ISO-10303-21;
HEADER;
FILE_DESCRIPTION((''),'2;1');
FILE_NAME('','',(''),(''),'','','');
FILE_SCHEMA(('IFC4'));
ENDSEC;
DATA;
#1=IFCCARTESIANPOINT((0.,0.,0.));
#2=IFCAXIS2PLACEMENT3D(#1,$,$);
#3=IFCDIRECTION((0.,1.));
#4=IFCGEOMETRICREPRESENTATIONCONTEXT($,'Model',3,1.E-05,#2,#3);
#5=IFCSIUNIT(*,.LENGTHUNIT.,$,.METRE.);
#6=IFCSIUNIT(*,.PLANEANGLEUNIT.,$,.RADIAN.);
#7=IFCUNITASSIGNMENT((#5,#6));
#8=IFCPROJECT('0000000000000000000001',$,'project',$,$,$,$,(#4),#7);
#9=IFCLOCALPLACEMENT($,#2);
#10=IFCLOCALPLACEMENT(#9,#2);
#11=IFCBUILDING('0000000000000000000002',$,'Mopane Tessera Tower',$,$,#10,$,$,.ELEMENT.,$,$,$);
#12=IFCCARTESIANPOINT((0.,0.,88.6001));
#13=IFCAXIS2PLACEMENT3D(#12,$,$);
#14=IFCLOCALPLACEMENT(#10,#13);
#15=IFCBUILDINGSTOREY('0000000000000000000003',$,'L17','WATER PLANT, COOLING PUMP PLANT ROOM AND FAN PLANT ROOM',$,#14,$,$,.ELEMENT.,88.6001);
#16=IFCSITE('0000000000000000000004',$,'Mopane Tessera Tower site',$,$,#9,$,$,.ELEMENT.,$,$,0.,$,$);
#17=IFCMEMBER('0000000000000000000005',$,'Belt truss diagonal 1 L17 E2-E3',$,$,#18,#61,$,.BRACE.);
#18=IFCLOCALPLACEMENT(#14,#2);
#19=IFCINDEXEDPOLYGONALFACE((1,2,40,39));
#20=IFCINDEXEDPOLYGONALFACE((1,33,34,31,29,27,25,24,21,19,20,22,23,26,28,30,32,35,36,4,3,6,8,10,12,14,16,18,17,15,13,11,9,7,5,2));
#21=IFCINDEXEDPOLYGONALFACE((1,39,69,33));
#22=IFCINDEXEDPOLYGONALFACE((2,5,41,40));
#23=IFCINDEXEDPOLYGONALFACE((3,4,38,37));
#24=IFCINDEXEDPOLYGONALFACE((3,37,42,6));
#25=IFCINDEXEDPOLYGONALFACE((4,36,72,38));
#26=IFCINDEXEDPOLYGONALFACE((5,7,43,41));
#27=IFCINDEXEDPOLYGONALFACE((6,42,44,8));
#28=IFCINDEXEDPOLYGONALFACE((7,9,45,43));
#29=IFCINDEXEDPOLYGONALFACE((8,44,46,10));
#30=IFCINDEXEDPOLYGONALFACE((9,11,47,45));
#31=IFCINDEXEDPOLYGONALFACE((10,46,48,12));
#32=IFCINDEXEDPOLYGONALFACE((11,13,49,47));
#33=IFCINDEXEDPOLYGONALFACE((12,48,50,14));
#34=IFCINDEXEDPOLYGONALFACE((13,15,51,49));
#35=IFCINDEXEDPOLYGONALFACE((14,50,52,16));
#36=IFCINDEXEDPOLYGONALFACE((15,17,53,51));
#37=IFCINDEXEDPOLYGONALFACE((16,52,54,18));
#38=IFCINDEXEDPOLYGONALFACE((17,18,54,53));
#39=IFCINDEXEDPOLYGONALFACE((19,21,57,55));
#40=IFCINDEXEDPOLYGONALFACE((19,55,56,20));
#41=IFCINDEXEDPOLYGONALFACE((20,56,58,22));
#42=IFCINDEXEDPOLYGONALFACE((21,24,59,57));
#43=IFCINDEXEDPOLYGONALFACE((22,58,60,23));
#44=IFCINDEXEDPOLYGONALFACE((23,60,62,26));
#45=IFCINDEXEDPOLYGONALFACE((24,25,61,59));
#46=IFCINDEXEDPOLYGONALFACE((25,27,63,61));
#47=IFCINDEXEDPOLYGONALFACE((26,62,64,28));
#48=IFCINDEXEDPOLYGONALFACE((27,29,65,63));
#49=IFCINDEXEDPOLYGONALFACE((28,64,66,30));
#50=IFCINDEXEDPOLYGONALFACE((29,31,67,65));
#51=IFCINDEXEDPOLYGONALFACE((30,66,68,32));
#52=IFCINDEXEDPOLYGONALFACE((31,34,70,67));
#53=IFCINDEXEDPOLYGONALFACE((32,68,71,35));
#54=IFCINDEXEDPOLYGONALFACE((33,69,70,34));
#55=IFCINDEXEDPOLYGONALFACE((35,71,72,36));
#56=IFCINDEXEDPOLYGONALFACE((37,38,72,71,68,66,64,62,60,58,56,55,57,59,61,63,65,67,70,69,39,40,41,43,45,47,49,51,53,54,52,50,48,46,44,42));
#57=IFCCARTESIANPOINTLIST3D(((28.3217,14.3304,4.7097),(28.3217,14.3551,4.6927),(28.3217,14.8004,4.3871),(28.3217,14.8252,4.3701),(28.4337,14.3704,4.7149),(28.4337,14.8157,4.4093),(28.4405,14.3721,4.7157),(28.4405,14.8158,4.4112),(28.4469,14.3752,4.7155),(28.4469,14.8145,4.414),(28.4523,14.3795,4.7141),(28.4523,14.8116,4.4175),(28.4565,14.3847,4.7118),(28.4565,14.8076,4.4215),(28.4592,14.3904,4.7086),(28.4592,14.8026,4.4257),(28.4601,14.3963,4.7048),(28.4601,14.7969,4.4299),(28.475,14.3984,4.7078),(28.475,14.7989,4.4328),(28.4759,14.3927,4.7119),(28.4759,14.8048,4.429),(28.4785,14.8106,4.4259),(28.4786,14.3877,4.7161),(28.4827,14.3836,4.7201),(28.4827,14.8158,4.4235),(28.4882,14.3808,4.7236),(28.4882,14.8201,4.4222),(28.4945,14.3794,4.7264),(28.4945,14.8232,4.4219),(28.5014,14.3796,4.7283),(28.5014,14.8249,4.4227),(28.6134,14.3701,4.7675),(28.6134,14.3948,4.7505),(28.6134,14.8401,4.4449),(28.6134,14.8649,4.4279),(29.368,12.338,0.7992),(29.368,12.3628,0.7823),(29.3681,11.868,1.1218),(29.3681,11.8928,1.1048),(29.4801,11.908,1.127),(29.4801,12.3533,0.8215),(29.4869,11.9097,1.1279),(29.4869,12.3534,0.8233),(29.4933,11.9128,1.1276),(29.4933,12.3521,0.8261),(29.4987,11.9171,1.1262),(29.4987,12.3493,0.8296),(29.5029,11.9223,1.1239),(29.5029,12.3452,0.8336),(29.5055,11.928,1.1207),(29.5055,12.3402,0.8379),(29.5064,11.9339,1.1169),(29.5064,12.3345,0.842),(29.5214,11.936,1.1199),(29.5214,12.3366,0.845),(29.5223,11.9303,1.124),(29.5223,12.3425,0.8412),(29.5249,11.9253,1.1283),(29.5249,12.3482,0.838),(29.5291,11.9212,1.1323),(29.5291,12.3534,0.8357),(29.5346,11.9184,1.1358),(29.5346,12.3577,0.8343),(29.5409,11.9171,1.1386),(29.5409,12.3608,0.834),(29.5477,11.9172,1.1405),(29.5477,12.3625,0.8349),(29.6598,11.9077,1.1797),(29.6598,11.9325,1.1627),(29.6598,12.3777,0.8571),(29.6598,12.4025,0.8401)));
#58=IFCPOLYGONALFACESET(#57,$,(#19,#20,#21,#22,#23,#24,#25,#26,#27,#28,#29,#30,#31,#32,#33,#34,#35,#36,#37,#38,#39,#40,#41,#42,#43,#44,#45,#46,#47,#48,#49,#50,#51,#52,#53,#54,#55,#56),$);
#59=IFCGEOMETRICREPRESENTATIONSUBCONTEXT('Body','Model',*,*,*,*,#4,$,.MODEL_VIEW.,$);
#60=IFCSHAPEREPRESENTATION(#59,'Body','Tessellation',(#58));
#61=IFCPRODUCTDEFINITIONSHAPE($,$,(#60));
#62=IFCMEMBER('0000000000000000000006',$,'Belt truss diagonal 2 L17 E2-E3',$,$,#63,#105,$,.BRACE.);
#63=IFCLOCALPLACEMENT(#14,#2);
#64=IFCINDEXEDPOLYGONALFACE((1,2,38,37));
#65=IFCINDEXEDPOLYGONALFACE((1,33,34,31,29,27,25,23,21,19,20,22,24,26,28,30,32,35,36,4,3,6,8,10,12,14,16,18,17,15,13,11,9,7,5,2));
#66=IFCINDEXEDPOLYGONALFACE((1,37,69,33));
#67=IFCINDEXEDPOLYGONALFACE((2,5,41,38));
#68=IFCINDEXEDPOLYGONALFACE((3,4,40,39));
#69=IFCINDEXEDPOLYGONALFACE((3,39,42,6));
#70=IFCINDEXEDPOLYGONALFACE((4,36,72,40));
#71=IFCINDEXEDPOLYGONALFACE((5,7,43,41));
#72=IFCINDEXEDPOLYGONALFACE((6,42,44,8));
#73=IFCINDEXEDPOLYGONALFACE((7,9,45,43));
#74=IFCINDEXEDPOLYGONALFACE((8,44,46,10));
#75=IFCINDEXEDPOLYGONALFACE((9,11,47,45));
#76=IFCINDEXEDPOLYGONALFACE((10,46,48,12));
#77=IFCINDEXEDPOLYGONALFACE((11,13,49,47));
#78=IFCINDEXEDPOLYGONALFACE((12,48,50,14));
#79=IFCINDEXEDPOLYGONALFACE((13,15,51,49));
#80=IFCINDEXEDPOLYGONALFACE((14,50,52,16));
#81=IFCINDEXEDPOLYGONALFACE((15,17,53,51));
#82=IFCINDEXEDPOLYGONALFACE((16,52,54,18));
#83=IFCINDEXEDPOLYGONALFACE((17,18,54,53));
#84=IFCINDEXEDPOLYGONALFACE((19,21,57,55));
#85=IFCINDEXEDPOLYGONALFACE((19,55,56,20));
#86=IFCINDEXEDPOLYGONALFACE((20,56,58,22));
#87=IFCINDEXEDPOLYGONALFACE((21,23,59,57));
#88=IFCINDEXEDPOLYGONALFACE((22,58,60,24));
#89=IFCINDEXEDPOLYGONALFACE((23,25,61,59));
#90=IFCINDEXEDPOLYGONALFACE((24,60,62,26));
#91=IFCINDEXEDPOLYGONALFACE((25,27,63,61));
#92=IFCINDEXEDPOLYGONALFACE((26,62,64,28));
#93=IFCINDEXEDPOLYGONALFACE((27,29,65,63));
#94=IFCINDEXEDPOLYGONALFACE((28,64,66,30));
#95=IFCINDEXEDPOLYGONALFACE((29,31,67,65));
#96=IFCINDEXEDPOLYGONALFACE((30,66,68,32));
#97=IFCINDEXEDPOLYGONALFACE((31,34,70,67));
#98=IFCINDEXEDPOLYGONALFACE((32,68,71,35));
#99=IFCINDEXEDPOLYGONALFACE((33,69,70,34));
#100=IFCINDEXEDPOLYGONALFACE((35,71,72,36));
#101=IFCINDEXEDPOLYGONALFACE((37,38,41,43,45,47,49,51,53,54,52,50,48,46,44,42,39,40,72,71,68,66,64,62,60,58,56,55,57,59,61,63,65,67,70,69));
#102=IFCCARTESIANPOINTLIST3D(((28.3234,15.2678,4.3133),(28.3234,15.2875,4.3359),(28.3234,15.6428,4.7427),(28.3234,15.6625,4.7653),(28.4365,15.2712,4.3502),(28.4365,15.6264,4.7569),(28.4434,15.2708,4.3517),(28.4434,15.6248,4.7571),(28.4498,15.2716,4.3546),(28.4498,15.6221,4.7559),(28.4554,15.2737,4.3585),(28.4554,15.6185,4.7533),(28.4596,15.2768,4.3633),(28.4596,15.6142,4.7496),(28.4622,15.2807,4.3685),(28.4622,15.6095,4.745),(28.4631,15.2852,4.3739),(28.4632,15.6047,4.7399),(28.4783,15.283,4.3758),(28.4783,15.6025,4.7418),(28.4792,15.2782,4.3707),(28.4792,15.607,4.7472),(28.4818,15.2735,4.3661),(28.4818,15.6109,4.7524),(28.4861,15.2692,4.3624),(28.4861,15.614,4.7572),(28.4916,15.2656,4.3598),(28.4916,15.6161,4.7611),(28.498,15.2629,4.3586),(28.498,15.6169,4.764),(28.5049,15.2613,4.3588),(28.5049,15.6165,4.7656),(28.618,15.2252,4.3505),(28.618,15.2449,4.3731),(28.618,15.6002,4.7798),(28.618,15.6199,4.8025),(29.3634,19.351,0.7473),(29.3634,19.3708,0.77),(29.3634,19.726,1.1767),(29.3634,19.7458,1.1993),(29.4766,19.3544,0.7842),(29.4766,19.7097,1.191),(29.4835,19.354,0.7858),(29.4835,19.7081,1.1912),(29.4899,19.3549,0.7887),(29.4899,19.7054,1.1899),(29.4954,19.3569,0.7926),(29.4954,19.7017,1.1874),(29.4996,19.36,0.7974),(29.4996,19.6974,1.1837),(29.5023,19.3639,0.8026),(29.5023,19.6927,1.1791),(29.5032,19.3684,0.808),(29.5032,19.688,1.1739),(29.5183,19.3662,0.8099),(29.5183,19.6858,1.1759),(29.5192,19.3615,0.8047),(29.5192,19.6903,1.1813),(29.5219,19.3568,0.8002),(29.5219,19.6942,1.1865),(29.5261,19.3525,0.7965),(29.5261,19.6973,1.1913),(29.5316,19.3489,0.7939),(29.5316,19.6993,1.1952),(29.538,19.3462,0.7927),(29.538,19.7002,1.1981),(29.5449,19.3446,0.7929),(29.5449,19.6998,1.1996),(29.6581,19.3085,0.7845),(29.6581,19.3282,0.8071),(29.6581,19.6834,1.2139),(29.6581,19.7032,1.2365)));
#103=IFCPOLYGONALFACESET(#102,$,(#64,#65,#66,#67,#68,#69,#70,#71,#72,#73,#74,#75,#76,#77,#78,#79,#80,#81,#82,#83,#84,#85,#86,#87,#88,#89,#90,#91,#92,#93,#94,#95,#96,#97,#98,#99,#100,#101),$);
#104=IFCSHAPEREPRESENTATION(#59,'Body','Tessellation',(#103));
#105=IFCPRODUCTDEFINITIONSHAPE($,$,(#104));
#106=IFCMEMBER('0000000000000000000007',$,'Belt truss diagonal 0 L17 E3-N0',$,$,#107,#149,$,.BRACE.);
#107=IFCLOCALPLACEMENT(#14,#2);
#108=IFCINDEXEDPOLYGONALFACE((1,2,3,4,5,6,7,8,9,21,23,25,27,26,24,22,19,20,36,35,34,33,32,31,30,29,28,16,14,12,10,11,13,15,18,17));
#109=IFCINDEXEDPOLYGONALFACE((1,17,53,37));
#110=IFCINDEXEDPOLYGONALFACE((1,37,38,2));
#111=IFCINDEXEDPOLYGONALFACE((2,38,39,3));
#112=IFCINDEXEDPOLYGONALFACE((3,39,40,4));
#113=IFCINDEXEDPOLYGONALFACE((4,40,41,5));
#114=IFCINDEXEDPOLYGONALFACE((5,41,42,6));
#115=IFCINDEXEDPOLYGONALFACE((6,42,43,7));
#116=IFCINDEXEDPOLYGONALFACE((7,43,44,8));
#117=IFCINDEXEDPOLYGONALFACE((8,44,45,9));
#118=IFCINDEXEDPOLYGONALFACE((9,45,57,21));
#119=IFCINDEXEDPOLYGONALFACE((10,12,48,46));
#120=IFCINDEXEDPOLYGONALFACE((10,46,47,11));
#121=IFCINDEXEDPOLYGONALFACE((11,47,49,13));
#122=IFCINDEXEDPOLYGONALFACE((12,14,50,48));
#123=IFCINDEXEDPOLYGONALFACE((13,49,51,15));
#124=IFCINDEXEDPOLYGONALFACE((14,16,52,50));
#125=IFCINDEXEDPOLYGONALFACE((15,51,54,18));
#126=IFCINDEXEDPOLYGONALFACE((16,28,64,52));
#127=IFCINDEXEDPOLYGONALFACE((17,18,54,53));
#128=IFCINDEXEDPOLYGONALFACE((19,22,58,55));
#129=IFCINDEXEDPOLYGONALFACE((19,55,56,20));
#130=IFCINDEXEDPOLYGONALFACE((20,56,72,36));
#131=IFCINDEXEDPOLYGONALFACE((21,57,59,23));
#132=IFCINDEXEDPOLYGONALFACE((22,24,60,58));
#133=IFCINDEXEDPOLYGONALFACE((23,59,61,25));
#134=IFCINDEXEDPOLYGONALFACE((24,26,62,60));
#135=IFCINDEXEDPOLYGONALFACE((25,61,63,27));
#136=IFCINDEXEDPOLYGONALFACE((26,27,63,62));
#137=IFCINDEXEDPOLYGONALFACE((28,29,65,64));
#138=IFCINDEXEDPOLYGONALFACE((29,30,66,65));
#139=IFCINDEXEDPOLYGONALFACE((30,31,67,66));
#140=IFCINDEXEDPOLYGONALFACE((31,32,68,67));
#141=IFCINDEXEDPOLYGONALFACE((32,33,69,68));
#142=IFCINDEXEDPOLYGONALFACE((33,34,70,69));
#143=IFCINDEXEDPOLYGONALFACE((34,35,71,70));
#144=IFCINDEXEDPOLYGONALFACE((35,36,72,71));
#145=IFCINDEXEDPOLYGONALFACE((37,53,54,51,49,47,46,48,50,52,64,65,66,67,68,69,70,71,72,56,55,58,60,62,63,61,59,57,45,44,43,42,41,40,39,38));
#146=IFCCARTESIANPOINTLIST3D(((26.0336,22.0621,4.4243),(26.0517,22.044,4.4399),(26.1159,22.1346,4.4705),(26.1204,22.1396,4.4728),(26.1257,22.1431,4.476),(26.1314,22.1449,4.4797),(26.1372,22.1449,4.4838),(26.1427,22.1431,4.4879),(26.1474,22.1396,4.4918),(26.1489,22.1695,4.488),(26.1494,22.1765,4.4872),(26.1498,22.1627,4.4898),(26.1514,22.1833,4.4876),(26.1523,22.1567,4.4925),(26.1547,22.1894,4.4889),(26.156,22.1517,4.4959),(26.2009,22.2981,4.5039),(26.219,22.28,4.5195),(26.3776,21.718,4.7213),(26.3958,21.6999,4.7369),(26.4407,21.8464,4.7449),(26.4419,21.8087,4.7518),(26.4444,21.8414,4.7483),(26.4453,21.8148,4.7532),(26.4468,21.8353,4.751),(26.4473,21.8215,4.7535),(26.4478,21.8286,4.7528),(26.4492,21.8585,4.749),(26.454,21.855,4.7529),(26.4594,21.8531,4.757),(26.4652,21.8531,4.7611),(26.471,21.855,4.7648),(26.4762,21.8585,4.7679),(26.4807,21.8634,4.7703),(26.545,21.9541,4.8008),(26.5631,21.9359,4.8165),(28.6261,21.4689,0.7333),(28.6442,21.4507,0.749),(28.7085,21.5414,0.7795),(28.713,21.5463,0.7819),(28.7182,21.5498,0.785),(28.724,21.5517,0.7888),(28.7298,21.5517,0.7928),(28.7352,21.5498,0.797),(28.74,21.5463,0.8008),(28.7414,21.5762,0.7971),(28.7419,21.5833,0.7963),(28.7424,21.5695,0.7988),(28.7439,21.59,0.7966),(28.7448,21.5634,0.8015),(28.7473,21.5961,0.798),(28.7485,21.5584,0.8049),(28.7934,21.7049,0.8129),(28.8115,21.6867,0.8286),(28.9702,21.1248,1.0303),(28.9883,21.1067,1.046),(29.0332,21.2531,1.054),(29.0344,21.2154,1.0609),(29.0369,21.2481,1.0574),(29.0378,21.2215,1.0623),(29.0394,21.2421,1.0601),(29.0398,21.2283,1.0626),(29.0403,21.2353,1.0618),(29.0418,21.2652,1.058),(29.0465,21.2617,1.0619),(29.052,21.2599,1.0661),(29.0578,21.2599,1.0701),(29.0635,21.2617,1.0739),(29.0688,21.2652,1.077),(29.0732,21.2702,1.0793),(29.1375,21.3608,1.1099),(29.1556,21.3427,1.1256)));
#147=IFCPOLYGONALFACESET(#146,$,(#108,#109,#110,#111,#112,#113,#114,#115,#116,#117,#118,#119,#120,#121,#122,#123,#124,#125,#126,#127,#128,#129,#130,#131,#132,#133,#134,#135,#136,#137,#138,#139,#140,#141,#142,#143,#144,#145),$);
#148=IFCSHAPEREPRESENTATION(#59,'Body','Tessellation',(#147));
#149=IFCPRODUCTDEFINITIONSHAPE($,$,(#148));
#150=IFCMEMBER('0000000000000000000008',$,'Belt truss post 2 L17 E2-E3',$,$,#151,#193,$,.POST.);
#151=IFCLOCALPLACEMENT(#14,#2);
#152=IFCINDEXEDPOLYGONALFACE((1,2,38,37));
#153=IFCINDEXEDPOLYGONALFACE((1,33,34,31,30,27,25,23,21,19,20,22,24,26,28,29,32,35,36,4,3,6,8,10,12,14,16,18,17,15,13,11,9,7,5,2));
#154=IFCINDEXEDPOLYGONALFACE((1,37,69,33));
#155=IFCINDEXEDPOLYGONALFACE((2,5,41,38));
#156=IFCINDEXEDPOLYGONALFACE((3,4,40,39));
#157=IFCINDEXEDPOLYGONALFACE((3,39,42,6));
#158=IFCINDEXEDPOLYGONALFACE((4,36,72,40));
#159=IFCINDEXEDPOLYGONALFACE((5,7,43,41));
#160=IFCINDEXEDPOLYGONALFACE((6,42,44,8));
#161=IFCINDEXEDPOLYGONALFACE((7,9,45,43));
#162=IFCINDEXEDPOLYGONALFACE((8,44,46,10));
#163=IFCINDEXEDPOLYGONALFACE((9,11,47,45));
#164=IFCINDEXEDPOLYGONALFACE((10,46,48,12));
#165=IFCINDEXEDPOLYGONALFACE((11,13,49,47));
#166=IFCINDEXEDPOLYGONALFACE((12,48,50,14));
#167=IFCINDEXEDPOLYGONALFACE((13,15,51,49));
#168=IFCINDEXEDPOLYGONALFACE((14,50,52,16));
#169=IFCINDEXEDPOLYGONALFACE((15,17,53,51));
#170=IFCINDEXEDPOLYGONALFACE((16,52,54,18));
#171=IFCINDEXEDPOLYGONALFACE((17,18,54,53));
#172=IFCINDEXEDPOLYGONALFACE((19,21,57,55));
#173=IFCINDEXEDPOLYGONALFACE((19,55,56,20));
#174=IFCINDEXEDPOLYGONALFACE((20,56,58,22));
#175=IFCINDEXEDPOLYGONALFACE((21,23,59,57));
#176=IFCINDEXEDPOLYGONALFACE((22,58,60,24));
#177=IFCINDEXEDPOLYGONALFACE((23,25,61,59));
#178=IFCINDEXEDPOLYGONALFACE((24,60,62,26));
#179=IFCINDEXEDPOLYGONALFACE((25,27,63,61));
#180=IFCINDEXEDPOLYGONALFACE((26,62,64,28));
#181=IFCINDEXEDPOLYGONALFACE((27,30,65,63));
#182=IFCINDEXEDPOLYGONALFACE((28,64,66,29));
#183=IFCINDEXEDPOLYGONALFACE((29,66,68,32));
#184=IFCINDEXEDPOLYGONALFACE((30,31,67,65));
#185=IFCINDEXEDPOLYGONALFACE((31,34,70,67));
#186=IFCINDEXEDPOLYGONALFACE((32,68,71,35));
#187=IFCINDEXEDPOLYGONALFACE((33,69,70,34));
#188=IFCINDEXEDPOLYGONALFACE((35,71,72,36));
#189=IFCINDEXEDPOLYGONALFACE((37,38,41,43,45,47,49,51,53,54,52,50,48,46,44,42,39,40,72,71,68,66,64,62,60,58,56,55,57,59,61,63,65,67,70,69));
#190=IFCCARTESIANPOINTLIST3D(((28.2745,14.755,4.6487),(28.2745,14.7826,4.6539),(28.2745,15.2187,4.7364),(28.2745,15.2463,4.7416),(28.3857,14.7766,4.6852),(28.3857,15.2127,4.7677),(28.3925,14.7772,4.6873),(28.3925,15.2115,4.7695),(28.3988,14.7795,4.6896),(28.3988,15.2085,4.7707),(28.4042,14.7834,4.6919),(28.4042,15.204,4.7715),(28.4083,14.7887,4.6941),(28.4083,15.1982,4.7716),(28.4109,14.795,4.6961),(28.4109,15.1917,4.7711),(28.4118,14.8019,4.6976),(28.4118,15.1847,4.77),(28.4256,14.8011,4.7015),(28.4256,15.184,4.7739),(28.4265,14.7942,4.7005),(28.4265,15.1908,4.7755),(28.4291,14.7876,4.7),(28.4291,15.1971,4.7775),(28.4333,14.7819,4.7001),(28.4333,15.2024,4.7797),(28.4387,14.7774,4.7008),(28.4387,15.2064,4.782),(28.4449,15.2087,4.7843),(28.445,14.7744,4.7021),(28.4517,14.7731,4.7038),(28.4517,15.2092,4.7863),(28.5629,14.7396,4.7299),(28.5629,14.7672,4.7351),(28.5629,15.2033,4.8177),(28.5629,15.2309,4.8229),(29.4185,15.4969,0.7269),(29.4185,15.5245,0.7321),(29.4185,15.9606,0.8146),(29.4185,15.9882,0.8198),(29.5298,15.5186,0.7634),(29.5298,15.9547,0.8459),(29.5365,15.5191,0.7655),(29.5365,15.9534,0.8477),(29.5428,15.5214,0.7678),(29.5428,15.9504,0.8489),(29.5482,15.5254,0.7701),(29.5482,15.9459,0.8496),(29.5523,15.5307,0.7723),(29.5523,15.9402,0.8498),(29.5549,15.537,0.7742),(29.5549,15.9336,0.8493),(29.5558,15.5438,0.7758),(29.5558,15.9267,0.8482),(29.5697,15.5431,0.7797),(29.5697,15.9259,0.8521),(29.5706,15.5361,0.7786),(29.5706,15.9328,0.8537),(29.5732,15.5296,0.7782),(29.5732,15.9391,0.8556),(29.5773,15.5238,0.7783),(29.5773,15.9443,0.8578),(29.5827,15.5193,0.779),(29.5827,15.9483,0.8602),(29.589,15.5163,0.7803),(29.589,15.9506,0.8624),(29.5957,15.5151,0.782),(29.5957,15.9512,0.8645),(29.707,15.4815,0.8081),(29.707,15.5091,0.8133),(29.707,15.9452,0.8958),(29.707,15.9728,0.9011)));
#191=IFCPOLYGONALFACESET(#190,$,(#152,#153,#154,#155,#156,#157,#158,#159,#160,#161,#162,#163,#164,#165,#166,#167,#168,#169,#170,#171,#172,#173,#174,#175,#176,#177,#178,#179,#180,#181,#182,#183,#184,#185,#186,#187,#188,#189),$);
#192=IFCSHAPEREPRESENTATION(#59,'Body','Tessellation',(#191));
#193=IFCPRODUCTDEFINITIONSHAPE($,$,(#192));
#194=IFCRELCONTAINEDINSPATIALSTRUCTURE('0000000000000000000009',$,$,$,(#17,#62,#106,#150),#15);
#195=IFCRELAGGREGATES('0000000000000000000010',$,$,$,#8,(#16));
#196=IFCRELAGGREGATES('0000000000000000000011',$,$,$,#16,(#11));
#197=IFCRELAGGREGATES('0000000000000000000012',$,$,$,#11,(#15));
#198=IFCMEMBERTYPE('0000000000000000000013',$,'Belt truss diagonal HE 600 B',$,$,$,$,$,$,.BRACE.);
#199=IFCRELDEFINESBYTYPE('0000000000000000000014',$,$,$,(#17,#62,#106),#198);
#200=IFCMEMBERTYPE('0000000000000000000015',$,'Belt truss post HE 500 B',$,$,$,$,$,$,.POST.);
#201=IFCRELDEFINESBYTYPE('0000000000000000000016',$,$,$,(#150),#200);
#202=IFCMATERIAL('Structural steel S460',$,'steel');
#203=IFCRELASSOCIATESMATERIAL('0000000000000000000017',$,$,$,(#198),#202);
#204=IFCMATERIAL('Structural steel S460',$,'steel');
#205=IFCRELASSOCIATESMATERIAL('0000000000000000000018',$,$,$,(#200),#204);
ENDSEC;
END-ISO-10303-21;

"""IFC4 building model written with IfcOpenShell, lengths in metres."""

from ifc_helpers import new_model, si_unit, direction, frame, origin, origin_2d, place, context, subcontext, project, spatial, i_section, extrude, material, material_profile, profile_set, type_object, element, save


model = new_model("IFC4")

# Units and contexts
model_context = context("Model", 3, precision=1e-05, world=origin(), true_north=direction((0.0, 1.0)))
body_context = subcontext(model_context, "Body", "Model", "MODEL_VIEW")
ifc_project = project(units=[si_unit("LENGTHUNIT", "METRE"), si_unit("PLANEANGLEUNIT", "RADIAN")], contexts=[model_context])

# Site, building, storey
site_placement = place(None, origin())
site = spatial("IfcSite", under=ifc_project, at=site_placement, Name="Mopane Tessera Tower site", CompositionType="ELEMENT", RefElevation=0.0)
building_placement = place(site_placement, origin())
building = spatial("IfcBuilding", under=site, at=building_placement, Name="Mopane Tessera Tower", CompositionType="ELEMENT")
storey_placement = place(building_placement, frame((0.0, 0.0, 88.6001)))
storey = spatial("IfcBuildingStorey", under=building, at=storey_placement, Name="L17", Description="WATER PLANT, COOLING PUMP PLANT ROOM AND FAN PLANT ROOM", CompositionType="ELEMENT", Elevation=88.6001)

# Members
ifc_material_1 = material(Name="Structural steel S460", Category="steel")
ifc_material_profile_1 = material_profile(ifc_material_1, i_section(OverallWidth=0.3, OverallDepth=0.6001, WebThickness=0.0154, FlangeThickness=0.03, FilletRadius=0.0271, at=origin_2d()))
ifc_profile_set_1 = profile_set([ifc_material_profile_1], Name="Structural steel S460")
member_type_1 = type_object("IfcMemberType", Name="Belt truss diagonal HE 600 B", PredefinedType="BRACE", material=ifc_profile_set_1)
member_1_placement = place(storey_placement, frame((29.5139, 12.1353, 0.981), z_axis=(-0.233796, 0.550179, 0.801649), x_axis=(-0.972286, -0.132304, -0.19276)))
element("IfcMember", 1, at=member_1_placement, inside=storey, type_object=member_type_1, Name="Belt truss diagonal 1 L17 E2-E3", PredefinedType="BRACE", context=body_context, shape_type="SweptSolid", body=[
    extrude(i_section(OverallWidth=0.3, OverallDepth=0.6001, WebThickness=0.0154, FlangeThickness=0.03, FilletRadius=0.0271, at=origin_2d()), origin(), (0.0, 0.0, 1.0), 4.4756),
])
member_2_placement = place(storey_placement, frame((28.4707, 15.4438, 4.5579), z_axis=(0.188413, 0.73972, -0.646), x_axis=(-0.98209, 0.141917, -0.123932)))
element("IfcMember", 2, at=member_2_placement, inside=storey, type_object=member_type_1, Name="Belt truss diagonal 2 L17 E2-E3", PredefinedType="BRACE", context=body_context, shape_type="SweptSolid", body=[
    extrude(i_section(OverallWidth=0.3, OverallDepth=0.6001, WebThickness=0.0154, FlangeThickness=0.03, FilletRadius=0.0271, at=origin_2d()), origin(), (0.0, 0.0, 1.0), 5.52),
])
member_3_placement = place(storey_placement, frame((28.8909, 21.4058, 0.9294), z_axis=(-0.569876, 0.130408, 0.811317), x_axis=(-0.557621, -0.786577, -0.265247)))
element("IfcMember", 3, at=member_3_placement, inside=storey, type_object=member_type_1, Name="Belt truss diagonal 0 L17 E3-N0", PredefinedType="BRACE", context=body_context, shape_type="SweptSolid", body=[
    extrude(i_section(OverallWidth=0.3, OverallDepth=0.6001, WebThickness=0.0154, FlangeThickness=0.03, FilletRadius=0.0271, at=origin_2d()), origin(), (0.0, 0.0, 1.0), 4.5493),
])
ifc_material_2 = material(Name="Structural steel S460", Category="steel")
ifc_material_profile_2 = material_profile(ifc_material_2, i_section(OverallWidth=0.3, OverallDepth=0.5, WebThickness=0.0144, FlangeThickness=0.0281, FilletRadius=0.0271, at=origin_2d()))
ifc_profile_set_2 = profile_set([ifc_material_profile_2], Name="Structural steel S460")
member_type_2 = type_object("IfcMemberType", Name="Belt truss post HE 500 B", PredefinedType="POST", material=ifc_profile_set_2)
member_4_placement = place(storey_placement, frame((29.5627, 15.7349, 0.814), z_axis=(-0.27553, -0.178689, 0.944539), x_axis=(-0.961293, 0.051207, -0.270729)))
element("IfcMember", 4, at=member_4_placement, inside=storey, type_object=member_type_2, Name="Belt truss post 2 L17 E2-E3", PredefinedType="POST", context=body_context, shape_type="SweptSolid", body=[
    extrude(i_section(OverallWidth=0.3, OverallDepth=0.5, WebThickness=0.0144, FlangeThickness=0.0281, FilletRadius=0.0271, at=origin_2d()), origin(), (0.0, 0.0, 1.0), 4.1521),
])

save(model, "model.ifc")
